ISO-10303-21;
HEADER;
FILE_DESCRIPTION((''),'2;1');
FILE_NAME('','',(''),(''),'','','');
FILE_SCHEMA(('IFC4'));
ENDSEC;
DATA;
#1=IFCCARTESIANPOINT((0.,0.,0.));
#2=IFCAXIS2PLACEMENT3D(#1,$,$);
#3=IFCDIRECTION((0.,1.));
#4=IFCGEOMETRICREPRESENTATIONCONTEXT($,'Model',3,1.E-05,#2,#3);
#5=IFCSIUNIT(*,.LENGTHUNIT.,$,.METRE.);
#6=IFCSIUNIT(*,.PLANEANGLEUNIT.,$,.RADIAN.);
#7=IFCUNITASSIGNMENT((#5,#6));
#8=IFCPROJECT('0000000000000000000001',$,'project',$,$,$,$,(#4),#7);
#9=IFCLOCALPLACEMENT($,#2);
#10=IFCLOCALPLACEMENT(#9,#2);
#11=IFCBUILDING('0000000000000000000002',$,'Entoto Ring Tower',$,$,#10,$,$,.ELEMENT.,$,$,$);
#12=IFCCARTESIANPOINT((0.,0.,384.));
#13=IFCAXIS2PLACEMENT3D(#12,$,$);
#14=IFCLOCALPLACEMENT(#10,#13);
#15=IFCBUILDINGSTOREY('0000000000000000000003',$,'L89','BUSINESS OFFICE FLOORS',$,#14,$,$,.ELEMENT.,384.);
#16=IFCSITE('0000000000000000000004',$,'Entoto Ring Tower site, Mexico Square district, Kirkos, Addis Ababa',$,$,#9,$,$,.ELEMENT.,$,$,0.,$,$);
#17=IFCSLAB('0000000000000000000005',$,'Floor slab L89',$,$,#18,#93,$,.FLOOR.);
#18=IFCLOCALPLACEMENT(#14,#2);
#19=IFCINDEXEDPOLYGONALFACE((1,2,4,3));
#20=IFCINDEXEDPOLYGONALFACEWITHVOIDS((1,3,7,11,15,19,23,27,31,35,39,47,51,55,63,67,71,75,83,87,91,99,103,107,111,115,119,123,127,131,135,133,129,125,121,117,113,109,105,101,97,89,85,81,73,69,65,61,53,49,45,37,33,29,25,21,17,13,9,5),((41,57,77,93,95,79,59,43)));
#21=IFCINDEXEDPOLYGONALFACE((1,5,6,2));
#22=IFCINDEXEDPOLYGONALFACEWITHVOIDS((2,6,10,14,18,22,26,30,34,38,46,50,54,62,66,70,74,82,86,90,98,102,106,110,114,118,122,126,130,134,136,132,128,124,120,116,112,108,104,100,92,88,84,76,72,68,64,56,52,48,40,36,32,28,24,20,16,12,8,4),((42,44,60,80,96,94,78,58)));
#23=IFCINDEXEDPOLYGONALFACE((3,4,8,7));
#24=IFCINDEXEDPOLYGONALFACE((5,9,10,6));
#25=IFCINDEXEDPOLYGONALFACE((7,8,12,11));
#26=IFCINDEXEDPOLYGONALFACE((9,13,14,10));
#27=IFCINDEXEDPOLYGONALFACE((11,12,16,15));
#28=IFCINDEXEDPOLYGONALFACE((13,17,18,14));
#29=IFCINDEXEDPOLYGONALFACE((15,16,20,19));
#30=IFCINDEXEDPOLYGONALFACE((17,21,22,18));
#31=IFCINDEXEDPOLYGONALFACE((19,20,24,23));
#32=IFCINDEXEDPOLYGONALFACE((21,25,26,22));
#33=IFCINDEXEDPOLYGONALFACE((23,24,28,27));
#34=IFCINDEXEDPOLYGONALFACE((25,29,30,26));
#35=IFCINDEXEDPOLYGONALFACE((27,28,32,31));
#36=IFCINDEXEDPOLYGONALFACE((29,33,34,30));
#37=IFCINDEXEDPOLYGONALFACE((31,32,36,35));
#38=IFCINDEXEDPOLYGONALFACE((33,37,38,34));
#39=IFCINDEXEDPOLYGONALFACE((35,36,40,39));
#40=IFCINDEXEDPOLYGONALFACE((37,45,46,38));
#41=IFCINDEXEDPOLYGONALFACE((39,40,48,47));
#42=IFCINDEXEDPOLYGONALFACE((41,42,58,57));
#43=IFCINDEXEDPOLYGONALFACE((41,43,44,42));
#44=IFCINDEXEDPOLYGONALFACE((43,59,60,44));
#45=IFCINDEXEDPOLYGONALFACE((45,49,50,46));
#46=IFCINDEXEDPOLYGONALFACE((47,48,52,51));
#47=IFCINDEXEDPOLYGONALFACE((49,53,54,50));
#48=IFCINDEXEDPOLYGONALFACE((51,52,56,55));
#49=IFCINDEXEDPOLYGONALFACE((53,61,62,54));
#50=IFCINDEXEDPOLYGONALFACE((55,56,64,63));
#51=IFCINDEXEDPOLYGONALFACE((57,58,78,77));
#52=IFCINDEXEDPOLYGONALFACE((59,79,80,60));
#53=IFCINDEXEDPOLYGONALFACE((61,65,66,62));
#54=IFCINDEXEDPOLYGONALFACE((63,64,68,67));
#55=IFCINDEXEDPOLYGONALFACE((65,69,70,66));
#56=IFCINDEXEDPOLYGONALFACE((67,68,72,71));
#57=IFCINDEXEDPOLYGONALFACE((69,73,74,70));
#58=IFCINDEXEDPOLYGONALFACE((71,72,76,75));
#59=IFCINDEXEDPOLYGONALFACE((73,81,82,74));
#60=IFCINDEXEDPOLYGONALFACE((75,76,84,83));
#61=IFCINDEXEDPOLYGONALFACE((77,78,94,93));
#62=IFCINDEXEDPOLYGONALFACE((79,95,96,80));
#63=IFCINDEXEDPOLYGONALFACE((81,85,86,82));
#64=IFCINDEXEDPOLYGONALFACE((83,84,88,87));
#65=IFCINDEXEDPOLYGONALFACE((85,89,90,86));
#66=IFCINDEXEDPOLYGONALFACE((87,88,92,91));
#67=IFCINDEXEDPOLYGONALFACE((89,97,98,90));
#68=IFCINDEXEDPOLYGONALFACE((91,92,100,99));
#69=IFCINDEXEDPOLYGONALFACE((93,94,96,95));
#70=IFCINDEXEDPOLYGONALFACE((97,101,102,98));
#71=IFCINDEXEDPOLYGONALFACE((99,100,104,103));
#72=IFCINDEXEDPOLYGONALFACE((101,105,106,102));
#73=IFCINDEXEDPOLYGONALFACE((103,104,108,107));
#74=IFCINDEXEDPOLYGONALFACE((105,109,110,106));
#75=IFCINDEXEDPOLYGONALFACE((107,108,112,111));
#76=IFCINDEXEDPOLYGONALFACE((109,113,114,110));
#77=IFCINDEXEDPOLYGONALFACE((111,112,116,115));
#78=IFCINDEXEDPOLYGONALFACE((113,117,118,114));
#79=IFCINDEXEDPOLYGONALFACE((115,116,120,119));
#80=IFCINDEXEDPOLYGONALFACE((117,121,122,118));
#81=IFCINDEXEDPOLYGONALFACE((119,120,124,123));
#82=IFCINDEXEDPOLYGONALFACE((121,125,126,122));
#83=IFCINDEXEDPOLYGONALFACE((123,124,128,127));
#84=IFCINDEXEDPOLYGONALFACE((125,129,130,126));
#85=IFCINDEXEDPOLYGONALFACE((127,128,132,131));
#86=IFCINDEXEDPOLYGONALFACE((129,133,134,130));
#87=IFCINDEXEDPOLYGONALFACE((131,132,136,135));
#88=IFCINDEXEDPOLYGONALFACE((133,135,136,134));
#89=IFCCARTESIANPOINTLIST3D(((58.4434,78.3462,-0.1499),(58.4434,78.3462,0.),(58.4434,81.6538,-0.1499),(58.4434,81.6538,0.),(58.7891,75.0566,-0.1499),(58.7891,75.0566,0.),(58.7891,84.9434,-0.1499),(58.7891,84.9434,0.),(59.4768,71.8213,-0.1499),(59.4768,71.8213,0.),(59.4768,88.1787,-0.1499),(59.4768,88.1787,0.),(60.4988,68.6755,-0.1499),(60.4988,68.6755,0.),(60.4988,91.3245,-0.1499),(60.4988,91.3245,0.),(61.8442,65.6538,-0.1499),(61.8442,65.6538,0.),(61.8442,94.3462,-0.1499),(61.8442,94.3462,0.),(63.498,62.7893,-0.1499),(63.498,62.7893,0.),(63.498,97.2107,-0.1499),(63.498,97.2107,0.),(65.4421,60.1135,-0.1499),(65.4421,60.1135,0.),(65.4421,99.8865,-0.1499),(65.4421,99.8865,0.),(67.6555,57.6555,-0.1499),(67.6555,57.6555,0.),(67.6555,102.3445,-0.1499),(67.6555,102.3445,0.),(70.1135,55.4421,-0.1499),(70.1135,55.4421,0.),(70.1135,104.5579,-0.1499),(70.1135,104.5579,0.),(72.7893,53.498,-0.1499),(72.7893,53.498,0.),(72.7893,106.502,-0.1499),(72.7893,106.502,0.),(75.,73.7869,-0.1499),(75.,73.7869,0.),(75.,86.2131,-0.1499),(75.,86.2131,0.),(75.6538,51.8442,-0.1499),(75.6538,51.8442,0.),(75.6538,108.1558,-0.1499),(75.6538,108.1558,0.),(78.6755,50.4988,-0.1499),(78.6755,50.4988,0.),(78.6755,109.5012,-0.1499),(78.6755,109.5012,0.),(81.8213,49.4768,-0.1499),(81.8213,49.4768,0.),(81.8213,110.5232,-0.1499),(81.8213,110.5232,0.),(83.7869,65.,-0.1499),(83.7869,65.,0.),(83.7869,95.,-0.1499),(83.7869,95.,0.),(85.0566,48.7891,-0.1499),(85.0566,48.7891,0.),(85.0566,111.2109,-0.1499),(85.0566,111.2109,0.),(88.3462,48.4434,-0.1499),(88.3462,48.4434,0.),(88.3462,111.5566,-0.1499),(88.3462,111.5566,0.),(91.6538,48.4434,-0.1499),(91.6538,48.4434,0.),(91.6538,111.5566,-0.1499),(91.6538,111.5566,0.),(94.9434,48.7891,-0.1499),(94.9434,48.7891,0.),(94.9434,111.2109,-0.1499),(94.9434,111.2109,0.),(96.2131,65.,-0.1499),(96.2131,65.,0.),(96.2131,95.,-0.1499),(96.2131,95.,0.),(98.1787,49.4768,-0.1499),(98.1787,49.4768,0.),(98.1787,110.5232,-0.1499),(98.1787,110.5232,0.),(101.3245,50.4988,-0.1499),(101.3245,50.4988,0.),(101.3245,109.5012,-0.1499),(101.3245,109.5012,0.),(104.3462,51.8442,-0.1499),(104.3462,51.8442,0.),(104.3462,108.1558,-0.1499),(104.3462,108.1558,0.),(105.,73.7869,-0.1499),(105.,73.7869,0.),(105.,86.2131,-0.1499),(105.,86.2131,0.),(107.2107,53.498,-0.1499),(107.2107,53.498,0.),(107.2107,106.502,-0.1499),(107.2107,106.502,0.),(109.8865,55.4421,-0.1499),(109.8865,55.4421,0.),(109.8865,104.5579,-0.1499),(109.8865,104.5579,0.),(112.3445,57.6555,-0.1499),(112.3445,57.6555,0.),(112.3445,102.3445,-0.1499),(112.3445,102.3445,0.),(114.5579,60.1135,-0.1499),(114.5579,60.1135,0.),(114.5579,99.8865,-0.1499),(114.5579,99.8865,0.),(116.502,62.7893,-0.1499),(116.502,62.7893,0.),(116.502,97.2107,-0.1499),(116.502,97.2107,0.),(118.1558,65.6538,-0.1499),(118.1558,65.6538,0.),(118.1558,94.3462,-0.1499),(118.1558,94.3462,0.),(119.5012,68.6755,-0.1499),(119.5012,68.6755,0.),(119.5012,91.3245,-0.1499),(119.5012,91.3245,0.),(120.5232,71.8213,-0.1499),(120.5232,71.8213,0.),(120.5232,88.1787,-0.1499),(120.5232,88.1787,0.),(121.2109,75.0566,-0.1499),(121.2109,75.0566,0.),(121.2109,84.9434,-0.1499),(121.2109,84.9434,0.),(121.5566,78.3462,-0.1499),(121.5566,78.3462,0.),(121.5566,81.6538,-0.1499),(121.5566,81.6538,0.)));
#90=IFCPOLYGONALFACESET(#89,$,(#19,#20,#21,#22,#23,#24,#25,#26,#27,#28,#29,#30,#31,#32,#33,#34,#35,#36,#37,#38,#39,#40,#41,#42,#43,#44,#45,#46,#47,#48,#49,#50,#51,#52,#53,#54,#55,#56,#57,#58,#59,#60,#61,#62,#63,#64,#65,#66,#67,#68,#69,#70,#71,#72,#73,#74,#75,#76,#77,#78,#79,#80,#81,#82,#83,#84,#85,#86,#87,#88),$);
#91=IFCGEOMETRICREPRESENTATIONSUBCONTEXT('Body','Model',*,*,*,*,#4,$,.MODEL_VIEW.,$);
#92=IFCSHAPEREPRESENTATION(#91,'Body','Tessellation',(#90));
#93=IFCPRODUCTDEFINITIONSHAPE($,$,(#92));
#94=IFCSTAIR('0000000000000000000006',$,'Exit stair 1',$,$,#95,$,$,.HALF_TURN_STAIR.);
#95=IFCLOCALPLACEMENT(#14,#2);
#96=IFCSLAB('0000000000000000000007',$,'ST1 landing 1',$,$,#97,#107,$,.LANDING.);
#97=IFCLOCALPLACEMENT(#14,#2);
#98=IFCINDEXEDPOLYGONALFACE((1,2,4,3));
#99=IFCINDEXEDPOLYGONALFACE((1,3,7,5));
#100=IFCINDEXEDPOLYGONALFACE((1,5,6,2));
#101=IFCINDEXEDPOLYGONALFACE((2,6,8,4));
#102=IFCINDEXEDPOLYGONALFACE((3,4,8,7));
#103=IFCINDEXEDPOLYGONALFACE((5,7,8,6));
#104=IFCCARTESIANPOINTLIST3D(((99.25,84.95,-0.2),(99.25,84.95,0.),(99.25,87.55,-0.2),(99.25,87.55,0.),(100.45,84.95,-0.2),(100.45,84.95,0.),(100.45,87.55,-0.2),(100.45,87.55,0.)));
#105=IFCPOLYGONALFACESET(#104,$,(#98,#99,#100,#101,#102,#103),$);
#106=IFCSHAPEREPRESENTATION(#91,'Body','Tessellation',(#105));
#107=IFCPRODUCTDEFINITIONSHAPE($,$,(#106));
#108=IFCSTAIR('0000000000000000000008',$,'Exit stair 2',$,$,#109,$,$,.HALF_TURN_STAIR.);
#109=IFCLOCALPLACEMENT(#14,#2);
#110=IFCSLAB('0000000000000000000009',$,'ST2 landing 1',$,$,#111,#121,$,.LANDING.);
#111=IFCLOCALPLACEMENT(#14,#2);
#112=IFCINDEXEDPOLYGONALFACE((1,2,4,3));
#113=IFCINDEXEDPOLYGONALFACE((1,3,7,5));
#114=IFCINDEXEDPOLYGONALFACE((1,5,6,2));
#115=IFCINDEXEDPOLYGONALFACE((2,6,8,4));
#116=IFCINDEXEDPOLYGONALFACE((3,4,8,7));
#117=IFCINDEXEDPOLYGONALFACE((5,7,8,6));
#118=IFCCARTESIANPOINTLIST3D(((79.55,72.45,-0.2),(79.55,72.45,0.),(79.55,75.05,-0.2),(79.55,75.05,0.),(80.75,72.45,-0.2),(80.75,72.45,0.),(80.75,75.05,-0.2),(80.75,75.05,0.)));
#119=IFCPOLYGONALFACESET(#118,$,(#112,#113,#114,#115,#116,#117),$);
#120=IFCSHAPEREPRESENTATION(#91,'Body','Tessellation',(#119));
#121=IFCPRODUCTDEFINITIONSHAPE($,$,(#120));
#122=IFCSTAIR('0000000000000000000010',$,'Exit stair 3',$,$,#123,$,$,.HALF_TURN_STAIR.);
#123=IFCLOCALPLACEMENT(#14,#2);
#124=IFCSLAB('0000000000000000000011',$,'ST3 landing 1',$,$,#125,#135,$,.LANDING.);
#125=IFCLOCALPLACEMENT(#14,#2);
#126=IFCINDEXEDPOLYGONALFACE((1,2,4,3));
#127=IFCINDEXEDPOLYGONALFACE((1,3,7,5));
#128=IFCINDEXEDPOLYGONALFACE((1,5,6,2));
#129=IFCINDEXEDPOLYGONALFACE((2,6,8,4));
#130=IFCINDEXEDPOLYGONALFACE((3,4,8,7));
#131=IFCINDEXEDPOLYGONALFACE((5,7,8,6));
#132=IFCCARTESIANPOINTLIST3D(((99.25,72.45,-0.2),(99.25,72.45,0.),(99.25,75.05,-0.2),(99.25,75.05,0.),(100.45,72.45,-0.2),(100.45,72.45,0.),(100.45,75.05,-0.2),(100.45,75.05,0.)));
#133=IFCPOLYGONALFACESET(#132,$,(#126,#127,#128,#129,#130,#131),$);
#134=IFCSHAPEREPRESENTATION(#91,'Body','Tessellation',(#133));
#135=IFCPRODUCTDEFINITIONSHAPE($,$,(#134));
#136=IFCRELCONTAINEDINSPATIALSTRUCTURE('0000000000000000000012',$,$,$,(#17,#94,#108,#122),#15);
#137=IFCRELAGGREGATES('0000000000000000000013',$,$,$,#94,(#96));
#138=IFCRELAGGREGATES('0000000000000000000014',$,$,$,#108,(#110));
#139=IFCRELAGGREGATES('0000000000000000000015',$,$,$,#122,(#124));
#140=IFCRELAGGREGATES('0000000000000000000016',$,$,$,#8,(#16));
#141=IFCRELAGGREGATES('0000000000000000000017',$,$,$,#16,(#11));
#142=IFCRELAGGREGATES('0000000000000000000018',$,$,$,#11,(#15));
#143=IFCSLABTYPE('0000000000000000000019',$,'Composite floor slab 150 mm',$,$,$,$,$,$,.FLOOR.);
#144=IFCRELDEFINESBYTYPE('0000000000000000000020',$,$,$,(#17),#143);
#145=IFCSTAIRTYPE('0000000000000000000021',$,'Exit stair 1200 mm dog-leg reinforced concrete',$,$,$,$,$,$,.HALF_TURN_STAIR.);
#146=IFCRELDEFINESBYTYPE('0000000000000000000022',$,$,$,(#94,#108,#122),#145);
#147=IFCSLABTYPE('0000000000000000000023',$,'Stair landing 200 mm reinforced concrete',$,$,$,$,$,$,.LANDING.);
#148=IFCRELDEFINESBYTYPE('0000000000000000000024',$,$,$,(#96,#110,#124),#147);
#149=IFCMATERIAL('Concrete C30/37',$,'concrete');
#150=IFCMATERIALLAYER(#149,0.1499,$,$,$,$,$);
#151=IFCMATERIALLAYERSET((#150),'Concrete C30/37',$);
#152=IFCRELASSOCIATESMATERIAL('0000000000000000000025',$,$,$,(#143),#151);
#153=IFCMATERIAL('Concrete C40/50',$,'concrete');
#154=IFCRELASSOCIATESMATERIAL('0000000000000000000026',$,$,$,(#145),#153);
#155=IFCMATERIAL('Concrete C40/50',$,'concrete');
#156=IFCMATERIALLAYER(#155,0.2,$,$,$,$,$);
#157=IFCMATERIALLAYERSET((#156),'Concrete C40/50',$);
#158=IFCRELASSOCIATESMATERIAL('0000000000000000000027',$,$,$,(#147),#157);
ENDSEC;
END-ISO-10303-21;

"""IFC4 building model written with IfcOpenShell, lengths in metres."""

from ifc_helpers import new_model, si_unit, direction, frame, origin, place, context, subcontext, project, spatial, polyline, outline, extrude, material, layer, layer_set, type_object, element, aggregate, save


model = new_model("IFC4")

# Units and contexts
model_context = context("Model", 3, precision=1e-05, world=origin(), true_north=direction((0.0, 1.0)))
body_context = subcontext(model_context, "Body", "Model", "MODEL_VIEW")
ifc_project = project(units=[si_unit("LENGTHUNIT", "METRE"), si_unit("PLANEANGLEUNIT", "RADIAN")], contexts=[model_context])

# Site, building, storey
site_placement = place(None, origin())
building_placement = place(site_placement, origin())
storey_placement = place(building_placement, frame((0.0, 0.0, 384.0)))
site = spatial("IfcSite", under=ifc_project, at=site_placement, Name="Entoto Ring Tower site, Mexico Square district, Kirkos, Addis Ababa", CompositionType="ELEMENT", RefElevation=0.0)
building = spatial("IfcBuilding", under=site, at=building_placement, Name="Entoto Ring Tower", CompositionType="ELEMENT")
storey = spatial("IfcBuildingStorey", under=building, at=storey_placement, Name="L89", Description="BUSINESS OFFICE FLOORS", CompositionType="ELEMENT", Elevation=384.0)

# Slab
ifc_material_1 = material(Name="Concrete C30/37", Category="concrete")
ifc_layer_1 = layer(ifc_material_1, 0.1499)
ifc_layer_set_1 = layer_set([ifc_layer_1], Name="Concrete C30/37")
slab_type_1 = type_object("IfcSlabType", Name="Composite floor slab 150 mm", PredefinedType="FLOOR", material=ifc_layer_set_1)
slab_1_placement = place(storey_placement, frame((0.0, 0.0, -0.1499)))
element("IfcSlab", 1, at=slab_1_placement, inside=storey, type_object=slab_type_1, Name="Floor slab L89", PredefinedType="FLOOR", context=body_context, shape_type="SweptSolid", body=[
    extrude(outline(polyline([(121.2109, 84.9434), (120.5232, 88.1787), (119.5012, 91.3245), (118.1558, 94.3462), (116.502, 97.2107), (114.5579, 99.8865), (112.3445, 102.3445), (109.8865, 104.5579), (107.2107, 106.502), (104.3462, 108.1558), (101.3245, 109.5012), (98.1787, 110.5232), (94.9434, 111.2109), (91.6538, 111.5566), (88.3462, 111.5566), (85.0566, 111.2109), (81.8213, 110.5232), (78.6755, 109.5012), (75.6538, 108.1558), (72.7893, 106.502), (70.1135, 104.5579), (67.6555, 102.3445), (65.4421, 99.8865), (63.498, 97.2107), (61.8442, 94.3462), (60.4988, 91.3245), (59.4768, 88.1787), (58.7891, 84.9434), (58.4434, 81.6538), (58.4434, 78.3462), (58.7891, 75.0566), (59.4768, 71.8213), (60.4988, 68.6755), (61.8442, 65.6538), (63.498, 62.7893), (65.4421, 60.1135), (67.6555, 57.6555), (70.1135, 55.4421), (72.7893, 53.498), (75.6538, 51.8442), (78.6755, 50.4988), (81.8213, 49.4768), (85.0566, 48.7891), (88.3462, 48.4434), (91.6538, 48.4434), (94.9434, 48.7891), (98.1787, 49.4768), (101.3245, 50.4988), (104.3462, 51.8442), (107.2107, 53.498), (109.8865, 55.4421), (112.3445, 57.6555), (114.5579, 60.1135), (116.502, 62.7893), (118.1558, 65.6538), (119.5012, 68.6755), (120.5232, 71.8213), (121.2109, 75.0566), (121.5566, 78.3462), (121.5566, 81.6538), (121.2109, 84.9434)]), holes=[polyline([(105.0, 73.7869), (105.0, 86.2131), (96.2131, 95.0), (83.7869, 95.0), (75.0, 86.2131), (75.0, 73.7869), (83.7869, 65.0), (96.2131, 65.0), (105.0, 73.7869)])]), origin(), (0.0, 0.0, 1.0), 0.1499),
])

# Stairs, slabs
ifc_material_2 = material(Name="Concrete C40/50", Category="concrete")
stair_type = type_object("IfcStairType", Name="Exit stair 1200 mm dog-leg reinforced concrete", PredefinedType="HALF_TURN_STAIR", material=ifc_material_2)
stair_1_placement = place(storey_placement, origin())
stair_1 = element("IfcStair", 2, at=stair_1_placement, inside=storey, type_object=stair_type, Name="Exit stair 1", PredefinedType="HALF_TURN_STAIR")
ifc_material_3 = material(Name="Concrete C40/50", Category="concrete")
ifc_layer_2 = layer(ifc_material_3, 0.2)
ifc_layer_set_2 = layer_set([ifc_layer_2], Name="Concrete C40/50")
slab_type_2 = type_object("IfcSlabType", Name="Stair landing 200 mm reinforced concrete", PredefinedType="LANDING", material=ifc_layer_set_2)
slab_2_placement = place(storey_placement, frame((0.0, 0.0, -0.2)))
slab_2 = element("IfcSlab", 3, at=slab_2_placement, type_object=slab_type_2, Name="ST1 landing 1", PredefinedType="LANDING", context=body_context, shape_type="SweptSolid", body=[
    extrude(outline(polyline([(100.45, 84.95), (100.45, 87.55), (99.25, 87.55), (99.25, 84.95), (100.45, 84.95)])), origin(), (0.0, 0.0, 1.0), 0.2),
])
aggregate(stair_1, [slab_2])
stair_2_placement = place(storey_placement, origin())
stair_2 = element("IfcStair", 4, at=stair_2_placement, inside=storey, type_object=stair_type, Name="Exit stair 2", PredefinedType="HALF_TURN_STAIR")
slab_3_placement = place(storey_placement, frame((0.0, 0.0, -0.2)))
slab_3 = element("IfcSlab", 5, at=slab_3_placement, type_object=slab_type_2, Name="ST2 landing 1", PredefinedType="LANDING", context=body_context, shape_type="SweptSolid", body=[
    extrude(outline(polyline([(80.75, 72.45), (80.75, 75.05), (79.55, 75.05), (79.55, 72.45), (80.75, 72.45)])), origin(), (0.0, 0.0, 1.0), 0.2),
])
aggregate(stair_2, [slab_3])
stair_3_placement = place(storey_placement, origin())
stair_3 = element("IfcStair", 6, at=stair_3_placement, inside=storey, type_object=stair_type, Name="Exit stair 3", PredefinedType="HALF_TURN_STAIR")
slab_4_placement = place(storey_placement, frame((0.0, 0.0, -0.2)))
slab_4 = element("IfcSlab", 7, at=slab_4_placement, type_object=slab_type_2, Name="ST3 landing 1", PredefinedType="LANDING", context=body_context, shape_type="SweptSolid", body=[
    extrude(outline(polyline([(100.45, 72.45), (100.45, 75.05), (99.25, 75.05), (99.25, 72.45), (100.45, 72.45)])), origin(), (0.0, 0.0, 1.0), 0.2),
])
aggregate(stair_3, [slab_4])

save(model, "model.ifc")
